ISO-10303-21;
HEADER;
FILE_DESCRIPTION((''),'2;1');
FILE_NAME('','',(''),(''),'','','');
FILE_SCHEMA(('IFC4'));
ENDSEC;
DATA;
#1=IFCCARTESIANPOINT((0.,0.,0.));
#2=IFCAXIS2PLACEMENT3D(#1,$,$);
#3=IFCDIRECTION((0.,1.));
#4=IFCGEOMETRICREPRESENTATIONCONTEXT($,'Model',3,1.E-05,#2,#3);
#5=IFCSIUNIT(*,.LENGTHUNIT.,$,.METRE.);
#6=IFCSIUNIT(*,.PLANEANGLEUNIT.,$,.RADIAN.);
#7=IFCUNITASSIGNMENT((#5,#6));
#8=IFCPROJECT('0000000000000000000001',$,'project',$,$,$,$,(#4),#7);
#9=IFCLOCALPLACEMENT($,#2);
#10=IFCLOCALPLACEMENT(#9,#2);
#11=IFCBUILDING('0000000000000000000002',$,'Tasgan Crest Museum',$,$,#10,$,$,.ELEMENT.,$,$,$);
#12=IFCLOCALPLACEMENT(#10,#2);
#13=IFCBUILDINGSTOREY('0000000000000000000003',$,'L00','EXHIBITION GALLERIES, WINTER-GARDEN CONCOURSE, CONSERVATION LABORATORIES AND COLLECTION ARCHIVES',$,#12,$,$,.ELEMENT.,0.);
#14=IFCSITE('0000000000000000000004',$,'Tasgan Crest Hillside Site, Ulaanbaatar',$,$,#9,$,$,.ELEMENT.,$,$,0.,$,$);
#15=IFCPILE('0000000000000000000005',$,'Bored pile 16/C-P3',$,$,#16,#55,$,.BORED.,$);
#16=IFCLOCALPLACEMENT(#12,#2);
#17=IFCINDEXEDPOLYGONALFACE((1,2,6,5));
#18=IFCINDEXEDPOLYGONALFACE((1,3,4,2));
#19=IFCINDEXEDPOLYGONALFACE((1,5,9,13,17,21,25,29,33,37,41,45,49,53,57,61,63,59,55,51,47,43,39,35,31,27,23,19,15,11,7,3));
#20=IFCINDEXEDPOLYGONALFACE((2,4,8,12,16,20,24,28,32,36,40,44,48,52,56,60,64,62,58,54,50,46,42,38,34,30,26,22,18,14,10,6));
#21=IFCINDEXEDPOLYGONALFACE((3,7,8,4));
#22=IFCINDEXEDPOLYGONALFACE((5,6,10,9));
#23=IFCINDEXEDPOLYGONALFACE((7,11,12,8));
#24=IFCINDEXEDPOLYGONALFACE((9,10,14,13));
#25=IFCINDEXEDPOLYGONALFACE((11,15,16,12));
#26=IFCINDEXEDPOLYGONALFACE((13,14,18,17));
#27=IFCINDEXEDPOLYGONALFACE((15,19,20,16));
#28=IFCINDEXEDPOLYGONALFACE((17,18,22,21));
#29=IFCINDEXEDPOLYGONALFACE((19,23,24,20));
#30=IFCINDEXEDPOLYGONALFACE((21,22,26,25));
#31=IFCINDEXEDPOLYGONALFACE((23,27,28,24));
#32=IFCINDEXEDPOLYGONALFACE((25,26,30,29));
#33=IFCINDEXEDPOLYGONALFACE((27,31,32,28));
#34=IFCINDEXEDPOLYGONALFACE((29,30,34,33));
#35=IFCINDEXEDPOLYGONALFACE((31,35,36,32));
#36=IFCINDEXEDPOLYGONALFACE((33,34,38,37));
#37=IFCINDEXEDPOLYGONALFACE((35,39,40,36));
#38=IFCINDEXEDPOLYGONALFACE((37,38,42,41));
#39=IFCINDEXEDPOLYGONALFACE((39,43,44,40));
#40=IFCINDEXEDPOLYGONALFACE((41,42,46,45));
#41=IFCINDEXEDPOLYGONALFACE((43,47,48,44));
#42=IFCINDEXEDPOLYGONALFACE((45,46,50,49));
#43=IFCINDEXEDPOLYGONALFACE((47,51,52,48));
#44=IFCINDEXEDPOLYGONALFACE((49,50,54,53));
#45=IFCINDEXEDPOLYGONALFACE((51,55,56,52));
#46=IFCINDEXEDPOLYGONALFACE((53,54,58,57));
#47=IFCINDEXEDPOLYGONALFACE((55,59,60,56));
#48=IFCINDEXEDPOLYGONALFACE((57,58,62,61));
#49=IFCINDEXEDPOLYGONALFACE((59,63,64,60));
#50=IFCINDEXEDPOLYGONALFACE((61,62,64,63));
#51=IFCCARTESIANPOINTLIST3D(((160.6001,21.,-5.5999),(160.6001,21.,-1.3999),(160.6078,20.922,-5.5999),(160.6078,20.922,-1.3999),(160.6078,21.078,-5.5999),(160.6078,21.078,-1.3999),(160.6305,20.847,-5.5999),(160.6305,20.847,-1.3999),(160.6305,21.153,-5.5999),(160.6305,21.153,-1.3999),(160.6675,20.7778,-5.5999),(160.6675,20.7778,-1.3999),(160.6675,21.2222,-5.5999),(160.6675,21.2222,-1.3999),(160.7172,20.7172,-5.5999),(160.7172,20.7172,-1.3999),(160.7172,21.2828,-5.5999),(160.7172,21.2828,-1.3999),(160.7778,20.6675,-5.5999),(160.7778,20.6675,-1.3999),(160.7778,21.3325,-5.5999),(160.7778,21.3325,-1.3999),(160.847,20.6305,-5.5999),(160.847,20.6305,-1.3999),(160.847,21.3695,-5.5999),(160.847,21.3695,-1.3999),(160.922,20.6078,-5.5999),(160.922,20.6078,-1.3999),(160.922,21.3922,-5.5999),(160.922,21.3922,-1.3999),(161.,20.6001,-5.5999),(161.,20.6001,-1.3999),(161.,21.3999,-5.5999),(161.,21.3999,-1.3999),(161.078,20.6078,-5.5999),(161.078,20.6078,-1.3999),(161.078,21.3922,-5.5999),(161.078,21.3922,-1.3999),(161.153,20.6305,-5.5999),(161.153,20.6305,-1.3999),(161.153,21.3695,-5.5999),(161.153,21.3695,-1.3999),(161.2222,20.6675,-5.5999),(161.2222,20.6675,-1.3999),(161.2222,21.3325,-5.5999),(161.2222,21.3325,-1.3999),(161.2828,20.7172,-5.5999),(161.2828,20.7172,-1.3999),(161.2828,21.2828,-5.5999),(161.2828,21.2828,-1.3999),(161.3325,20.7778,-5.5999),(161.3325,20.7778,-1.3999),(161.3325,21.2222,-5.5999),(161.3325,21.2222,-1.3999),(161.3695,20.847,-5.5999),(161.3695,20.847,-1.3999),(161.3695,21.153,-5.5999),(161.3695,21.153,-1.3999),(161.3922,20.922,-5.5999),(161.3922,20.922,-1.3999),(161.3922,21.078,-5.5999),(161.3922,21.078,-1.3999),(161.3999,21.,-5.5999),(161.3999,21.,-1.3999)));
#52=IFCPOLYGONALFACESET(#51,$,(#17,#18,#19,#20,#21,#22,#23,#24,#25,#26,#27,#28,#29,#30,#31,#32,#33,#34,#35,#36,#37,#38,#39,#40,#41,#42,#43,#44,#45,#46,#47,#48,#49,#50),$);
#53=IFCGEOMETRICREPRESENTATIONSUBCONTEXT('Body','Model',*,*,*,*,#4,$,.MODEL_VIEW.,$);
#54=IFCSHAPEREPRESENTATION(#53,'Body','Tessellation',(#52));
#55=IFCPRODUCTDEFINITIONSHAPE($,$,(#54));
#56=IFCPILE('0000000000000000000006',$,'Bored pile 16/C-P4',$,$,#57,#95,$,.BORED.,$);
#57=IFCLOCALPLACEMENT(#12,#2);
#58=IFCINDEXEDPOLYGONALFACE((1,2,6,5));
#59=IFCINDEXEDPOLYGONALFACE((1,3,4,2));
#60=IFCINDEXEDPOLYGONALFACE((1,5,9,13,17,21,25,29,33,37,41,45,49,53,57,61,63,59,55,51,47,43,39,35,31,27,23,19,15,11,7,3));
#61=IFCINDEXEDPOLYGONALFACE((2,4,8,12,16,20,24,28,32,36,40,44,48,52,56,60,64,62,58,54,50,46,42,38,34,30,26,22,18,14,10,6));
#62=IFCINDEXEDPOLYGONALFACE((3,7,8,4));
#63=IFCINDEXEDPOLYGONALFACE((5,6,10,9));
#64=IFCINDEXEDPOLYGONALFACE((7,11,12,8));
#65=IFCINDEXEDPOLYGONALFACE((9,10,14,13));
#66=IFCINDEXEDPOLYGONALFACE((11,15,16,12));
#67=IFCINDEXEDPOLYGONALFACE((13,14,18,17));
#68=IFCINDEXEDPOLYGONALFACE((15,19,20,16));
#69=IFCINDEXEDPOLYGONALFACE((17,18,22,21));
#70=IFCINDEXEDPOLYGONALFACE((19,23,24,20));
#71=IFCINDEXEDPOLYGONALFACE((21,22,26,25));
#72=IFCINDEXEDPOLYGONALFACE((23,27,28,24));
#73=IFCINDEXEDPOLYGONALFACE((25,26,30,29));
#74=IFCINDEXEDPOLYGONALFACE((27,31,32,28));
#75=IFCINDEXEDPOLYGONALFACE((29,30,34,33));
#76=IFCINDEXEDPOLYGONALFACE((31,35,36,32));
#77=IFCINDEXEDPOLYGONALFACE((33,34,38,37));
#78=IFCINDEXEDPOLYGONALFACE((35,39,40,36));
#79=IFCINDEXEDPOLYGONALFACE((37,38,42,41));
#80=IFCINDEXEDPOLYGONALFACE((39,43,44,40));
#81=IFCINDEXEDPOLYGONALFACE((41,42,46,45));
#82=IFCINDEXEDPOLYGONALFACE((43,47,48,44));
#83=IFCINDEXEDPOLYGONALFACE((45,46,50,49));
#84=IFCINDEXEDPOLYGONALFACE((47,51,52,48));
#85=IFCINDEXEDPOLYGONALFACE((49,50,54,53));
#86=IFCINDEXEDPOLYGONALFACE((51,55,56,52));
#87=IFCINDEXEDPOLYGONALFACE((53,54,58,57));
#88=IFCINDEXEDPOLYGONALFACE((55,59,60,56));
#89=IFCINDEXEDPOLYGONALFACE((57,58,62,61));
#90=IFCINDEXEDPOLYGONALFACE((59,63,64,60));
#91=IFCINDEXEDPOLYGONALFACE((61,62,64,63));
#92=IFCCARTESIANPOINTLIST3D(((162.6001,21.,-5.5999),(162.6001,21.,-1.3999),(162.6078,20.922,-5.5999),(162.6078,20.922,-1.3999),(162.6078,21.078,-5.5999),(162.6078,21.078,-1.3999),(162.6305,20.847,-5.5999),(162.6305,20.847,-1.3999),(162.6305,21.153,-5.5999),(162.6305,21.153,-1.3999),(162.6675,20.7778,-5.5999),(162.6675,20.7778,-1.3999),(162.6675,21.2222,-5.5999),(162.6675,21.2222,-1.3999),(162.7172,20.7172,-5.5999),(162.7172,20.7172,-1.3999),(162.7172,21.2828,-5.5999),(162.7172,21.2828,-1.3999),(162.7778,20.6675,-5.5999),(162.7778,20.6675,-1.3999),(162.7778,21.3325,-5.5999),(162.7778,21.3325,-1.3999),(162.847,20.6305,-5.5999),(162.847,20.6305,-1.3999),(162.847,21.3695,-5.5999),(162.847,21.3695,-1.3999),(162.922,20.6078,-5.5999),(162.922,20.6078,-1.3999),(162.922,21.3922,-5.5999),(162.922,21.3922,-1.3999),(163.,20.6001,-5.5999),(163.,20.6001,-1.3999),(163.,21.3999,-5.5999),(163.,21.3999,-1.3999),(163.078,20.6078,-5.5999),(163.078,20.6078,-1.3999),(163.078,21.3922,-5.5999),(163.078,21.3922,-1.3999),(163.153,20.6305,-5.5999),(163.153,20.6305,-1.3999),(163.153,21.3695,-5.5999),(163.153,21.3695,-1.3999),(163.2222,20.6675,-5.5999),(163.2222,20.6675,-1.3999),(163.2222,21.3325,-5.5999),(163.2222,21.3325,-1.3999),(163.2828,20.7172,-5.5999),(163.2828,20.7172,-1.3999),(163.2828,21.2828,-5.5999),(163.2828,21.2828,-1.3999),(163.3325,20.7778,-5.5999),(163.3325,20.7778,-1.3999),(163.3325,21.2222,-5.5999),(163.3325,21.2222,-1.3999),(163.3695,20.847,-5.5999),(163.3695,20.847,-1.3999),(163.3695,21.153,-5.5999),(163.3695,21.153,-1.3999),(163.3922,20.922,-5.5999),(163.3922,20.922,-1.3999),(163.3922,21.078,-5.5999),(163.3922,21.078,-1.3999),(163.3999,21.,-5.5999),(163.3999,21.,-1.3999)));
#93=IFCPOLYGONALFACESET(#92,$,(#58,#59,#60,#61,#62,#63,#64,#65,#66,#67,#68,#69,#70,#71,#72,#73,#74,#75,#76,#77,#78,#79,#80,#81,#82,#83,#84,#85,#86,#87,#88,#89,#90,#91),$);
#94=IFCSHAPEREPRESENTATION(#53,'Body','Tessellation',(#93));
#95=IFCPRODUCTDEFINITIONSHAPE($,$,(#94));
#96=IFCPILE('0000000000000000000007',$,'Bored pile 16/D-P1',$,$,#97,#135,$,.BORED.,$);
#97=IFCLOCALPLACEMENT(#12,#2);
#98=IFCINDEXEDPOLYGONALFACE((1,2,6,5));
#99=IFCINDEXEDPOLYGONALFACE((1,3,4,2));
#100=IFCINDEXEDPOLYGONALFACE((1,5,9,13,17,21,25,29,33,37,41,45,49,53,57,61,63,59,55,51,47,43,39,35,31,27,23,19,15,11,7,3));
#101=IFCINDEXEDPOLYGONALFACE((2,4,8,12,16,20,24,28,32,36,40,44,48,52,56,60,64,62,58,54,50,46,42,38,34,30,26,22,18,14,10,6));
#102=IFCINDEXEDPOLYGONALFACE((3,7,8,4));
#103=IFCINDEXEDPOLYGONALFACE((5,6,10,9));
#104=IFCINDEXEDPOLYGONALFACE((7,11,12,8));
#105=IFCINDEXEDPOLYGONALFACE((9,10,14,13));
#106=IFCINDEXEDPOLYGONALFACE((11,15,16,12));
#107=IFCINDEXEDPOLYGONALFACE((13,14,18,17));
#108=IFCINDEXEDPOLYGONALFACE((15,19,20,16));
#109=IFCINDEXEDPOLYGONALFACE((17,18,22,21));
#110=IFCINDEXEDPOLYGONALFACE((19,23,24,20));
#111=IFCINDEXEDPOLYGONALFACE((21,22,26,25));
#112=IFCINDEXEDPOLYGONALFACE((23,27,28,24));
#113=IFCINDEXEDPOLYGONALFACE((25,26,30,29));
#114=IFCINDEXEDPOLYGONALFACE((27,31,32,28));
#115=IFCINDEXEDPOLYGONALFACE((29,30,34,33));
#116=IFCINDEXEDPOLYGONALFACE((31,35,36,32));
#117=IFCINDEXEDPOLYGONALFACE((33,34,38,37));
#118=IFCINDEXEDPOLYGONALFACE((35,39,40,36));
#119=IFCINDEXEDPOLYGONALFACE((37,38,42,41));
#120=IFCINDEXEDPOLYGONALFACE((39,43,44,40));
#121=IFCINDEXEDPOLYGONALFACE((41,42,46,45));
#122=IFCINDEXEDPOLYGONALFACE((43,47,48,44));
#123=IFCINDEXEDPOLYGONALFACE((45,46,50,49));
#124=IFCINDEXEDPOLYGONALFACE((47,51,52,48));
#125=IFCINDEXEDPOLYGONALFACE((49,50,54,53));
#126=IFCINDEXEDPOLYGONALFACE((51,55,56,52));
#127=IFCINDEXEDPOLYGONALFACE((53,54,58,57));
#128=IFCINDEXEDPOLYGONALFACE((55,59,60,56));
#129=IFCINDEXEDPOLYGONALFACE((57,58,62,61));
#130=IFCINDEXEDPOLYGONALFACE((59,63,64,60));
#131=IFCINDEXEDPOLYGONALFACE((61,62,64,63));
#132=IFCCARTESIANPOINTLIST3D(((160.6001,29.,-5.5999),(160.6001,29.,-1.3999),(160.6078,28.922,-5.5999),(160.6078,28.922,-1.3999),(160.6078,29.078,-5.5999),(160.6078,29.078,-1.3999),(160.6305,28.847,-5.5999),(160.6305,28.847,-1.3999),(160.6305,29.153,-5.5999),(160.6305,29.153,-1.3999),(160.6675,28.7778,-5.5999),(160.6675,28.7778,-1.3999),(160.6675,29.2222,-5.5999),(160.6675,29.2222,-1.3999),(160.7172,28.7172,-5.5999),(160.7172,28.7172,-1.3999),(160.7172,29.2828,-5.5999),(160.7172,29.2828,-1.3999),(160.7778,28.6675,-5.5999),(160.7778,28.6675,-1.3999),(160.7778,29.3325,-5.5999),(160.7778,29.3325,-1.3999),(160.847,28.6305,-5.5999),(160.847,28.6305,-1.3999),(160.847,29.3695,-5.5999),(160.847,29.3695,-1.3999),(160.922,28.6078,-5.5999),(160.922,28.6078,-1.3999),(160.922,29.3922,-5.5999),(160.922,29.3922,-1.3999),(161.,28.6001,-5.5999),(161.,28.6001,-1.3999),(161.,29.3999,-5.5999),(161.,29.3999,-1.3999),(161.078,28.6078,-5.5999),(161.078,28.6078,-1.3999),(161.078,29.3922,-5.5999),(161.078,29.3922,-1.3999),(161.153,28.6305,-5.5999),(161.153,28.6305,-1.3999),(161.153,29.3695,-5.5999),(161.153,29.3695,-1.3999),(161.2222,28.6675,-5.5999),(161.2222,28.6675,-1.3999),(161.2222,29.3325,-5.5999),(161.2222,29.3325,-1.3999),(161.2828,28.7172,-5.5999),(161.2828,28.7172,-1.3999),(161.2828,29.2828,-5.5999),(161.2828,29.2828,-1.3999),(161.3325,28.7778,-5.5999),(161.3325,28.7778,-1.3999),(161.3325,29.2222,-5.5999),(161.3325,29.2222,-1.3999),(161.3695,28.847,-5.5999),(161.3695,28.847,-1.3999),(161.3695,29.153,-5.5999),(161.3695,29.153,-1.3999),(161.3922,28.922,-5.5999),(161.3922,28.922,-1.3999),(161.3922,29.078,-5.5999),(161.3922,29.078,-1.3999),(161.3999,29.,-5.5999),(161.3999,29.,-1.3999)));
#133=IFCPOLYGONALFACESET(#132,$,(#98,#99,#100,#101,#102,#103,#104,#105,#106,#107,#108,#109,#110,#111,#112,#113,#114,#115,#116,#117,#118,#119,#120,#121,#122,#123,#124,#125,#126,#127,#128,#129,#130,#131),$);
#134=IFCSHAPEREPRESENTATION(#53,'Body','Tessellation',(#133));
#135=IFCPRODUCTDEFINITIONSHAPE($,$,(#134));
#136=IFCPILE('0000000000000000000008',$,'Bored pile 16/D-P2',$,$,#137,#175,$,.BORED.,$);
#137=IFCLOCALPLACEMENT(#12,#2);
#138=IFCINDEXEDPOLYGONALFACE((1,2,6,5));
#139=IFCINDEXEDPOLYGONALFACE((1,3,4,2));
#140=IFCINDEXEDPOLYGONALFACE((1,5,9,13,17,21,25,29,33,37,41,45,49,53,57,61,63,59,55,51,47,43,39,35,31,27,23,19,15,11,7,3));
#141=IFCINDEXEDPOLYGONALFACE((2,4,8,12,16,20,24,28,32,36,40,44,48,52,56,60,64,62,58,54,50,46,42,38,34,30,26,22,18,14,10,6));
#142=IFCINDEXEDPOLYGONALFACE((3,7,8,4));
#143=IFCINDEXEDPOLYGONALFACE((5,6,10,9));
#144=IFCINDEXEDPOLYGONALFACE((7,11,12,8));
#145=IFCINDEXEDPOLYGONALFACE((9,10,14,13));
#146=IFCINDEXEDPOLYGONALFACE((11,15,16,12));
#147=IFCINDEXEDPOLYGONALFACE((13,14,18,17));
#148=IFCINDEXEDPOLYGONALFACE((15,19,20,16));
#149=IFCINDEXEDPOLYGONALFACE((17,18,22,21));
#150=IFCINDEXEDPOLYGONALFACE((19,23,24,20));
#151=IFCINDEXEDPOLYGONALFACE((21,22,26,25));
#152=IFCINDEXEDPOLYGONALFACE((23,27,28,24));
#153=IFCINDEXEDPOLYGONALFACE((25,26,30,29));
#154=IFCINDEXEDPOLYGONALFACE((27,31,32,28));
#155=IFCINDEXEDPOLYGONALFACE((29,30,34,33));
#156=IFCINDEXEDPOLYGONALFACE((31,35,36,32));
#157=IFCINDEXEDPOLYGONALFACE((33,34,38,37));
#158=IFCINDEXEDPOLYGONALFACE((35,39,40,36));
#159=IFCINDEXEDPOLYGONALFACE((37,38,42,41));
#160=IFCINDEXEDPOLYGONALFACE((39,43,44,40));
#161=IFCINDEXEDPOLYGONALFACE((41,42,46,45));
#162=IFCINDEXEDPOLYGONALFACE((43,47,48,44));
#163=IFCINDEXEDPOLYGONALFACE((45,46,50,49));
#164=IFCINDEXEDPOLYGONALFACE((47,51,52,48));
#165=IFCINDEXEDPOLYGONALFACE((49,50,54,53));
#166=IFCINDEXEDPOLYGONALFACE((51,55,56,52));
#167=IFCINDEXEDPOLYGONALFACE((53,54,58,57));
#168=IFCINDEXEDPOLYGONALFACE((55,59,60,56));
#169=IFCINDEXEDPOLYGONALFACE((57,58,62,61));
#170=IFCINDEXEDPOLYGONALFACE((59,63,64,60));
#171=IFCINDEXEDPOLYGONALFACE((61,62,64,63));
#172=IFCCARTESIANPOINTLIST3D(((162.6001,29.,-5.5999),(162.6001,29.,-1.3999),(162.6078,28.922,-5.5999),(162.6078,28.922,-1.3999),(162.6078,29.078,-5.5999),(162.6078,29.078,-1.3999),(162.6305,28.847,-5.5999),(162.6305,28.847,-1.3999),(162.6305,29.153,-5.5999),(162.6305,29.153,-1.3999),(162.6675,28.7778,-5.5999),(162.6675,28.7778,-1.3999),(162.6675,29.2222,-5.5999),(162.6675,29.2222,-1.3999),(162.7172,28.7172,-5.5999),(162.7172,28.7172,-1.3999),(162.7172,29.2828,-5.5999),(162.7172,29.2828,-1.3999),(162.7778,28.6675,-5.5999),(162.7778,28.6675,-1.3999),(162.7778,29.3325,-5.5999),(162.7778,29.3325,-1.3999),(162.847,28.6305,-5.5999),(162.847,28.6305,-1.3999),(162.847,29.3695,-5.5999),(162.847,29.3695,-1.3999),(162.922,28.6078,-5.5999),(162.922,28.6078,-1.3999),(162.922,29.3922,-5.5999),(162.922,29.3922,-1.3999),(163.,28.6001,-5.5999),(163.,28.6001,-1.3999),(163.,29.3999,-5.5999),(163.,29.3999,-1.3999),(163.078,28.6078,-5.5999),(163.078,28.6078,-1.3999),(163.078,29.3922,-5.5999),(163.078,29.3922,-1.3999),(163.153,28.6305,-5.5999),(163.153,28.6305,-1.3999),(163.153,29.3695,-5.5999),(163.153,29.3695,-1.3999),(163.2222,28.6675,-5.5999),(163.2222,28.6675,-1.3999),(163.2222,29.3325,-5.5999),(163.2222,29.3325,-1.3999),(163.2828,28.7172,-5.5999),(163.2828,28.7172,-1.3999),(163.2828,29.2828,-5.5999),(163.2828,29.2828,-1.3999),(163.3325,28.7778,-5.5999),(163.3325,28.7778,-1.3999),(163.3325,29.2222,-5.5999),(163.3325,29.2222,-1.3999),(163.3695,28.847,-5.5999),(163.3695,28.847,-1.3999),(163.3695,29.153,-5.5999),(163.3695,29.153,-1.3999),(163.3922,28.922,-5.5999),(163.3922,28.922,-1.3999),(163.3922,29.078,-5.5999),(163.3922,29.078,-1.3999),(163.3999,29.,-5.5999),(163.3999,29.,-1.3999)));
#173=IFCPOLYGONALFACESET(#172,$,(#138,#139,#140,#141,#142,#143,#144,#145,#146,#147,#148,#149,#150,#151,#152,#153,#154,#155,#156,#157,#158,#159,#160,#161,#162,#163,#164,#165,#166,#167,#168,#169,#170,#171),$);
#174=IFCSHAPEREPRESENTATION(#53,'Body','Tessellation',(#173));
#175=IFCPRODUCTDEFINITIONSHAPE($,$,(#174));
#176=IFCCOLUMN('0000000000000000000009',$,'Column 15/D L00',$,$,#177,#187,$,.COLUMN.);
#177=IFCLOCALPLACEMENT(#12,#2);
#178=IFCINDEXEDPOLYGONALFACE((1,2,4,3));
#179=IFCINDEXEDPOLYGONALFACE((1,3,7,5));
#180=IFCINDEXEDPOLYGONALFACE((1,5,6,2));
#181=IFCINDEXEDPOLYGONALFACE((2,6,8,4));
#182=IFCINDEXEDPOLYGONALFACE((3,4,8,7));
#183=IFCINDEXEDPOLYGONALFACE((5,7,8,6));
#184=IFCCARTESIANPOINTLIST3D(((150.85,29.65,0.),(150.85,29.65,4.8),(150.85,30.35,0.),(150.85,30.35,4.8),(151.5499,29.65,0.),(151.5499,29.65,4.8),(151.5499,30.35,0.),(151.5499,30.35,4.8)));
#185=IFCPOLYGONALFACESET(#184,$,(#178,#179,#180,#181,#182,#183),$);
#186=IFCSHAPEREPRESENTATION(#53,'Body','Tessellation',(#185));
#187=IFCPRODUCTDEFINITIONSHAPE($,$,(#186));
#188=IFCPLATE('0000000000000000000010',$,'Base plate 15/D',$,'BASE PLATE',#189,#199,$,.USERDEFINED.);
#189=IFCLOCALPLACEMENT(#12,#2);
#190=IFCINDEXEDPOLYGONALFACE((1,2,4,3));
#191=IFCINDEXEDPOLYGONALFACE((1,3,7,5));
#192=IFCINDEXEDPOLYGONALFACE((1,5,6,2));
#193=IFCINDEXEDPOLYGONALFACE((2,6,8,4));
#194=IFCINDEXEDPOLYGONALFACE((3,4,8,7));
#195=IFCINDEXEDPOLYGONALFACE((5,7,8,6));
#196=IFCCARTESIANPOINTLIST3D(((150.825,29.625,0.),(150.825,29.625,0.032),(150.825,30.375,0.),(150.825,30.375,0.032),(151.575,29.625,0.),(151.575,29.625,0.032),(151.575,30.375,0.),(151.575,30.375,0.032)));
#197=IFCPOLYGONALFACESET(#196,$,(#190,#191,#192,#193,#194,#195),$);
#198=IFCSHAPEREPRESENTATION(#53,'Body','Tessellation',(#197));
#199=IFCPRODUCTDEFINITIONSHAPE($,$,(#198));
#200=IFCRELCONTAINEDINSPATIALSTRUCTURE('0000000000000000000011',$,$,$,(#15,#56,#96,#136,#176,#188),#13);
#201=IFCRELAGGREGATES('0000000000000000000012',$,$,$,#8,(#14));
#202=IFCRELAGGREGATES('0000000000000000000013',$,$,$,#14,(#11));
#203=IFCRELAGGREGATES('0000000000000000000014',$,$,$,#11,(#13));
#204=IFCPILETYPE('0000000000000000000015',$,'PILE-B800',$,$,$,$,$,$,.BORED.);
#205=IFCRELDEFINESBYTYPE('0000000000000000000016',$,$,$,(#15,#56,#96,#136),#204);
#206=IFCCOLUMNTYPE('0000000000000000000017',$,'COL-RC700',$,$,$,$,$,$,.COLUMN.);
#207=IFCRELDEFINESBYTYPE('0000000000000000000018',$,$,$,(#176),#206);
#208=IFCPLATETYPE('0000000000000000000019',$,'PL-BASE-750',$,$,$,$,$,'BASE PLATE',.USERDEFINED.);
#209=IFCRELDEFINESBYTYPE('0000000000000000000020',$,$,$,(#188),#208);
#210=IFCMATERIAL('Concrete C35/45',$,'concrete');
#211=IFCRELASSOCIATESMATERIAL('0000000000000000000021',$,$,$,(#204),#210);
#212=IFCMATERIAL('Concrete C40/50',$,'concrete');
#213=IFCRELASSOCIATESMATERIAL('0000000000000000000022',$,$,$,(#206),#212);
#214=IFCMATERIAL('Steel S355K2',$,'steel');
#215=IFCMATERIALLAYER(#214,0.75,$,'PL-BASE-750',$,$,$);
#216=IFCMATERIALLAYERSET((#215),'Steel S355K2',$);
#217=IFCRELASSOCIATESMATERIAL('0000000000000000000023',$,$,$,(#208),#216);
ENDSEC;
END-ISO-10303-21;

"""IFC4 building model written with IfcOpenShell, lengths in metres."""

from ifc_helpers import new_model, si_unit, direction, frame, origin, origin_2d, place, context, subcontext, project, spatial, rectangle, circle, extrude, material, layer, layer_set, material_profile, profile_set, type_object, element, save


model = new_model("IFC4")

# Units and contexts
model_context = context("Model", 3, precision=1e-05, world=origin(), true_north=direction((0.0, 1.0)))
body_context = subcontext(model_context, "Body", "Model", "MODEL_VIEW")
ifc_project = project(units=[si_unit("LENGTHUNIT", "METRE"), si_unit("PLANEANGLEUNIT", "RADIAN")], contexts=[model_context])

# Site, building, storey
site_placement = place(None, origin())
site = spatial("IfcSite", under=ifc_project, at=site_placement, Name="Tasgan Crest Hillside Site, Ulaanbaatar", CompositionType="ELEMENT", RefElevation=0.0)
building_placement = place(site_placement, origin())
building = spatial("IfcBuilding", under=site, at=building_placement, Name="Tasgan Crest Museum", CompositionType="ELEMENT")
storey_placement = place(building_placement, origin())
storey = spatial("IfcBuildingStorey", under=building, at=storey_placement, Name="L00", Description="EXHIBITION GALLERIES, WINTER-GARDEN CONCOURSE, CONSERVATION LABORATORIES AND COLLECTION ARCHIVES", CompositionType="ELEMENT", Elevation=0.0)

# Piles
ifc_material_1 = material(Name="Concrete C35/45", Category="concrete")
ifc_material_profile_1 = material_profile(ifc_material_1, circle(Radius=0.3999, at=origin_2d()), Name="PILE D800")
ifc_profile_set_1 = profile_set([ifc_material_profile_1], Name="Concrete C35/45")
pile_type = type_object("IfcPileType", Name="PILE-B800", PredefinedType="BORED", material=ifc_profile_set_1)
for number, where, z_axis, x_axis, name in (
    (1, (161.0, 21.0, -1.3999), (0.0, 0.0, -1.0), (1.0, 0.0, 0.0), "Bored pile 16/C-P3"),
    (2, (163.0, 21.0, -1.3999), (0.0, 0.0, -1.0), (1.0, 0.0, 0.0), "Bored pile 16/C-P4"),
    (3, (161.0, 29.0, -1.3999), (0.0, 0.0, -1.0), (1.0, 0.0, 0.0), "Bored pile 16/D-P1"),
    (4, (163.0, 29.0, -1.3999), (0.0, 0.0, -1.0), (1.0, 0.0, 0.0), "Bored pile 16/D-P2"),
):
    element("IfcPile", number, at=place(storey_placement, frame(where, z_axis=z_axis, x_axis=x_axis)), inside=storey, type_object=pile_type, Name=name, PredefinedType="BORED", context=body_context, shape_type="SweptSolid", body=[
        extrude(circle(Radius=0.3999, at=origin_2d()), origin(), (0.0, 0.0, 1.0), 4.2),
    ])

# Column
ifc_material_2 = material(Name="Concrete C40/50", Category="concrete")
ifc_material_profile_2 = material_profile(ifc_material_2, rectangle(XDim=0.7, YDim=0.7, at=origin_2d()), Name="RC 700x700")
ifc_profile_set_2 = profile_set([ifc_material_profile_2], Name="Concrete C40/50")
column_type = type_object("IfcColumnType", Name="COL-RC700", PredefinedType="COLUMN", material=ifc_profile_set_2)
column_placement = place(storey_placement, frame((151.2, 30.0, 0.0), z_axis=(0.0, 0.0, 1.0), x_axis=(1.0, 0.0, 0.0)))
element("IfcColumn", 5, at=column_placement, inside=storey, type_object=column_type, Name="Column 15/D L00", PredefinedType="COLUMN", context=body_context, shape_type="SweptSolid", body=[
    extrude(rectangle(XDim=0.7, YDim=0.7, at=origin_2d()), origin(), (0.0, 0.0, 1.0), 4.8),
])

# Plate
ifc_material_3 = material(Name="Steel S355K2", Category="steel")
ifc_layer_1 = layer(ifc_material_3, 0.75, Name="PL-BASE-750")
ifc_layer_set_1 = layer_set([ifc_layer_1], Name="Steel S355K2")
plate_type = type_object("IfcPlateType", Name="PL-BASE-750", ElementType="BASE PLATE", PredefinedType="USERDEFINED", material=ifc_layer_set_1)
for number, where, z_axis, x_axis, name in (
    (6, (151.2, 30.0, 0.0), (0.0, 0.0, 1.0), (1.0, 0.0, 0.0), "Base plate 15/D"),
):
    element("IfcPlate", number, at=place(storey_placement, frame(where, z_axis=z_axis, x_axis=x_axis)), inside=storey, type_object=plate_type, Name=name, ObjectType="BASE PLATE", PredefinedType="USERDEFINED", context=body_context, shape_type="SweptSolid", body=[
        extrude(rectangle(XDim=0.75, YDim=0.75, at=origin_2d()), origin(), (0.0, 0.0, 1.0), 0.032),
    ])

save(model, "model.ifc")
